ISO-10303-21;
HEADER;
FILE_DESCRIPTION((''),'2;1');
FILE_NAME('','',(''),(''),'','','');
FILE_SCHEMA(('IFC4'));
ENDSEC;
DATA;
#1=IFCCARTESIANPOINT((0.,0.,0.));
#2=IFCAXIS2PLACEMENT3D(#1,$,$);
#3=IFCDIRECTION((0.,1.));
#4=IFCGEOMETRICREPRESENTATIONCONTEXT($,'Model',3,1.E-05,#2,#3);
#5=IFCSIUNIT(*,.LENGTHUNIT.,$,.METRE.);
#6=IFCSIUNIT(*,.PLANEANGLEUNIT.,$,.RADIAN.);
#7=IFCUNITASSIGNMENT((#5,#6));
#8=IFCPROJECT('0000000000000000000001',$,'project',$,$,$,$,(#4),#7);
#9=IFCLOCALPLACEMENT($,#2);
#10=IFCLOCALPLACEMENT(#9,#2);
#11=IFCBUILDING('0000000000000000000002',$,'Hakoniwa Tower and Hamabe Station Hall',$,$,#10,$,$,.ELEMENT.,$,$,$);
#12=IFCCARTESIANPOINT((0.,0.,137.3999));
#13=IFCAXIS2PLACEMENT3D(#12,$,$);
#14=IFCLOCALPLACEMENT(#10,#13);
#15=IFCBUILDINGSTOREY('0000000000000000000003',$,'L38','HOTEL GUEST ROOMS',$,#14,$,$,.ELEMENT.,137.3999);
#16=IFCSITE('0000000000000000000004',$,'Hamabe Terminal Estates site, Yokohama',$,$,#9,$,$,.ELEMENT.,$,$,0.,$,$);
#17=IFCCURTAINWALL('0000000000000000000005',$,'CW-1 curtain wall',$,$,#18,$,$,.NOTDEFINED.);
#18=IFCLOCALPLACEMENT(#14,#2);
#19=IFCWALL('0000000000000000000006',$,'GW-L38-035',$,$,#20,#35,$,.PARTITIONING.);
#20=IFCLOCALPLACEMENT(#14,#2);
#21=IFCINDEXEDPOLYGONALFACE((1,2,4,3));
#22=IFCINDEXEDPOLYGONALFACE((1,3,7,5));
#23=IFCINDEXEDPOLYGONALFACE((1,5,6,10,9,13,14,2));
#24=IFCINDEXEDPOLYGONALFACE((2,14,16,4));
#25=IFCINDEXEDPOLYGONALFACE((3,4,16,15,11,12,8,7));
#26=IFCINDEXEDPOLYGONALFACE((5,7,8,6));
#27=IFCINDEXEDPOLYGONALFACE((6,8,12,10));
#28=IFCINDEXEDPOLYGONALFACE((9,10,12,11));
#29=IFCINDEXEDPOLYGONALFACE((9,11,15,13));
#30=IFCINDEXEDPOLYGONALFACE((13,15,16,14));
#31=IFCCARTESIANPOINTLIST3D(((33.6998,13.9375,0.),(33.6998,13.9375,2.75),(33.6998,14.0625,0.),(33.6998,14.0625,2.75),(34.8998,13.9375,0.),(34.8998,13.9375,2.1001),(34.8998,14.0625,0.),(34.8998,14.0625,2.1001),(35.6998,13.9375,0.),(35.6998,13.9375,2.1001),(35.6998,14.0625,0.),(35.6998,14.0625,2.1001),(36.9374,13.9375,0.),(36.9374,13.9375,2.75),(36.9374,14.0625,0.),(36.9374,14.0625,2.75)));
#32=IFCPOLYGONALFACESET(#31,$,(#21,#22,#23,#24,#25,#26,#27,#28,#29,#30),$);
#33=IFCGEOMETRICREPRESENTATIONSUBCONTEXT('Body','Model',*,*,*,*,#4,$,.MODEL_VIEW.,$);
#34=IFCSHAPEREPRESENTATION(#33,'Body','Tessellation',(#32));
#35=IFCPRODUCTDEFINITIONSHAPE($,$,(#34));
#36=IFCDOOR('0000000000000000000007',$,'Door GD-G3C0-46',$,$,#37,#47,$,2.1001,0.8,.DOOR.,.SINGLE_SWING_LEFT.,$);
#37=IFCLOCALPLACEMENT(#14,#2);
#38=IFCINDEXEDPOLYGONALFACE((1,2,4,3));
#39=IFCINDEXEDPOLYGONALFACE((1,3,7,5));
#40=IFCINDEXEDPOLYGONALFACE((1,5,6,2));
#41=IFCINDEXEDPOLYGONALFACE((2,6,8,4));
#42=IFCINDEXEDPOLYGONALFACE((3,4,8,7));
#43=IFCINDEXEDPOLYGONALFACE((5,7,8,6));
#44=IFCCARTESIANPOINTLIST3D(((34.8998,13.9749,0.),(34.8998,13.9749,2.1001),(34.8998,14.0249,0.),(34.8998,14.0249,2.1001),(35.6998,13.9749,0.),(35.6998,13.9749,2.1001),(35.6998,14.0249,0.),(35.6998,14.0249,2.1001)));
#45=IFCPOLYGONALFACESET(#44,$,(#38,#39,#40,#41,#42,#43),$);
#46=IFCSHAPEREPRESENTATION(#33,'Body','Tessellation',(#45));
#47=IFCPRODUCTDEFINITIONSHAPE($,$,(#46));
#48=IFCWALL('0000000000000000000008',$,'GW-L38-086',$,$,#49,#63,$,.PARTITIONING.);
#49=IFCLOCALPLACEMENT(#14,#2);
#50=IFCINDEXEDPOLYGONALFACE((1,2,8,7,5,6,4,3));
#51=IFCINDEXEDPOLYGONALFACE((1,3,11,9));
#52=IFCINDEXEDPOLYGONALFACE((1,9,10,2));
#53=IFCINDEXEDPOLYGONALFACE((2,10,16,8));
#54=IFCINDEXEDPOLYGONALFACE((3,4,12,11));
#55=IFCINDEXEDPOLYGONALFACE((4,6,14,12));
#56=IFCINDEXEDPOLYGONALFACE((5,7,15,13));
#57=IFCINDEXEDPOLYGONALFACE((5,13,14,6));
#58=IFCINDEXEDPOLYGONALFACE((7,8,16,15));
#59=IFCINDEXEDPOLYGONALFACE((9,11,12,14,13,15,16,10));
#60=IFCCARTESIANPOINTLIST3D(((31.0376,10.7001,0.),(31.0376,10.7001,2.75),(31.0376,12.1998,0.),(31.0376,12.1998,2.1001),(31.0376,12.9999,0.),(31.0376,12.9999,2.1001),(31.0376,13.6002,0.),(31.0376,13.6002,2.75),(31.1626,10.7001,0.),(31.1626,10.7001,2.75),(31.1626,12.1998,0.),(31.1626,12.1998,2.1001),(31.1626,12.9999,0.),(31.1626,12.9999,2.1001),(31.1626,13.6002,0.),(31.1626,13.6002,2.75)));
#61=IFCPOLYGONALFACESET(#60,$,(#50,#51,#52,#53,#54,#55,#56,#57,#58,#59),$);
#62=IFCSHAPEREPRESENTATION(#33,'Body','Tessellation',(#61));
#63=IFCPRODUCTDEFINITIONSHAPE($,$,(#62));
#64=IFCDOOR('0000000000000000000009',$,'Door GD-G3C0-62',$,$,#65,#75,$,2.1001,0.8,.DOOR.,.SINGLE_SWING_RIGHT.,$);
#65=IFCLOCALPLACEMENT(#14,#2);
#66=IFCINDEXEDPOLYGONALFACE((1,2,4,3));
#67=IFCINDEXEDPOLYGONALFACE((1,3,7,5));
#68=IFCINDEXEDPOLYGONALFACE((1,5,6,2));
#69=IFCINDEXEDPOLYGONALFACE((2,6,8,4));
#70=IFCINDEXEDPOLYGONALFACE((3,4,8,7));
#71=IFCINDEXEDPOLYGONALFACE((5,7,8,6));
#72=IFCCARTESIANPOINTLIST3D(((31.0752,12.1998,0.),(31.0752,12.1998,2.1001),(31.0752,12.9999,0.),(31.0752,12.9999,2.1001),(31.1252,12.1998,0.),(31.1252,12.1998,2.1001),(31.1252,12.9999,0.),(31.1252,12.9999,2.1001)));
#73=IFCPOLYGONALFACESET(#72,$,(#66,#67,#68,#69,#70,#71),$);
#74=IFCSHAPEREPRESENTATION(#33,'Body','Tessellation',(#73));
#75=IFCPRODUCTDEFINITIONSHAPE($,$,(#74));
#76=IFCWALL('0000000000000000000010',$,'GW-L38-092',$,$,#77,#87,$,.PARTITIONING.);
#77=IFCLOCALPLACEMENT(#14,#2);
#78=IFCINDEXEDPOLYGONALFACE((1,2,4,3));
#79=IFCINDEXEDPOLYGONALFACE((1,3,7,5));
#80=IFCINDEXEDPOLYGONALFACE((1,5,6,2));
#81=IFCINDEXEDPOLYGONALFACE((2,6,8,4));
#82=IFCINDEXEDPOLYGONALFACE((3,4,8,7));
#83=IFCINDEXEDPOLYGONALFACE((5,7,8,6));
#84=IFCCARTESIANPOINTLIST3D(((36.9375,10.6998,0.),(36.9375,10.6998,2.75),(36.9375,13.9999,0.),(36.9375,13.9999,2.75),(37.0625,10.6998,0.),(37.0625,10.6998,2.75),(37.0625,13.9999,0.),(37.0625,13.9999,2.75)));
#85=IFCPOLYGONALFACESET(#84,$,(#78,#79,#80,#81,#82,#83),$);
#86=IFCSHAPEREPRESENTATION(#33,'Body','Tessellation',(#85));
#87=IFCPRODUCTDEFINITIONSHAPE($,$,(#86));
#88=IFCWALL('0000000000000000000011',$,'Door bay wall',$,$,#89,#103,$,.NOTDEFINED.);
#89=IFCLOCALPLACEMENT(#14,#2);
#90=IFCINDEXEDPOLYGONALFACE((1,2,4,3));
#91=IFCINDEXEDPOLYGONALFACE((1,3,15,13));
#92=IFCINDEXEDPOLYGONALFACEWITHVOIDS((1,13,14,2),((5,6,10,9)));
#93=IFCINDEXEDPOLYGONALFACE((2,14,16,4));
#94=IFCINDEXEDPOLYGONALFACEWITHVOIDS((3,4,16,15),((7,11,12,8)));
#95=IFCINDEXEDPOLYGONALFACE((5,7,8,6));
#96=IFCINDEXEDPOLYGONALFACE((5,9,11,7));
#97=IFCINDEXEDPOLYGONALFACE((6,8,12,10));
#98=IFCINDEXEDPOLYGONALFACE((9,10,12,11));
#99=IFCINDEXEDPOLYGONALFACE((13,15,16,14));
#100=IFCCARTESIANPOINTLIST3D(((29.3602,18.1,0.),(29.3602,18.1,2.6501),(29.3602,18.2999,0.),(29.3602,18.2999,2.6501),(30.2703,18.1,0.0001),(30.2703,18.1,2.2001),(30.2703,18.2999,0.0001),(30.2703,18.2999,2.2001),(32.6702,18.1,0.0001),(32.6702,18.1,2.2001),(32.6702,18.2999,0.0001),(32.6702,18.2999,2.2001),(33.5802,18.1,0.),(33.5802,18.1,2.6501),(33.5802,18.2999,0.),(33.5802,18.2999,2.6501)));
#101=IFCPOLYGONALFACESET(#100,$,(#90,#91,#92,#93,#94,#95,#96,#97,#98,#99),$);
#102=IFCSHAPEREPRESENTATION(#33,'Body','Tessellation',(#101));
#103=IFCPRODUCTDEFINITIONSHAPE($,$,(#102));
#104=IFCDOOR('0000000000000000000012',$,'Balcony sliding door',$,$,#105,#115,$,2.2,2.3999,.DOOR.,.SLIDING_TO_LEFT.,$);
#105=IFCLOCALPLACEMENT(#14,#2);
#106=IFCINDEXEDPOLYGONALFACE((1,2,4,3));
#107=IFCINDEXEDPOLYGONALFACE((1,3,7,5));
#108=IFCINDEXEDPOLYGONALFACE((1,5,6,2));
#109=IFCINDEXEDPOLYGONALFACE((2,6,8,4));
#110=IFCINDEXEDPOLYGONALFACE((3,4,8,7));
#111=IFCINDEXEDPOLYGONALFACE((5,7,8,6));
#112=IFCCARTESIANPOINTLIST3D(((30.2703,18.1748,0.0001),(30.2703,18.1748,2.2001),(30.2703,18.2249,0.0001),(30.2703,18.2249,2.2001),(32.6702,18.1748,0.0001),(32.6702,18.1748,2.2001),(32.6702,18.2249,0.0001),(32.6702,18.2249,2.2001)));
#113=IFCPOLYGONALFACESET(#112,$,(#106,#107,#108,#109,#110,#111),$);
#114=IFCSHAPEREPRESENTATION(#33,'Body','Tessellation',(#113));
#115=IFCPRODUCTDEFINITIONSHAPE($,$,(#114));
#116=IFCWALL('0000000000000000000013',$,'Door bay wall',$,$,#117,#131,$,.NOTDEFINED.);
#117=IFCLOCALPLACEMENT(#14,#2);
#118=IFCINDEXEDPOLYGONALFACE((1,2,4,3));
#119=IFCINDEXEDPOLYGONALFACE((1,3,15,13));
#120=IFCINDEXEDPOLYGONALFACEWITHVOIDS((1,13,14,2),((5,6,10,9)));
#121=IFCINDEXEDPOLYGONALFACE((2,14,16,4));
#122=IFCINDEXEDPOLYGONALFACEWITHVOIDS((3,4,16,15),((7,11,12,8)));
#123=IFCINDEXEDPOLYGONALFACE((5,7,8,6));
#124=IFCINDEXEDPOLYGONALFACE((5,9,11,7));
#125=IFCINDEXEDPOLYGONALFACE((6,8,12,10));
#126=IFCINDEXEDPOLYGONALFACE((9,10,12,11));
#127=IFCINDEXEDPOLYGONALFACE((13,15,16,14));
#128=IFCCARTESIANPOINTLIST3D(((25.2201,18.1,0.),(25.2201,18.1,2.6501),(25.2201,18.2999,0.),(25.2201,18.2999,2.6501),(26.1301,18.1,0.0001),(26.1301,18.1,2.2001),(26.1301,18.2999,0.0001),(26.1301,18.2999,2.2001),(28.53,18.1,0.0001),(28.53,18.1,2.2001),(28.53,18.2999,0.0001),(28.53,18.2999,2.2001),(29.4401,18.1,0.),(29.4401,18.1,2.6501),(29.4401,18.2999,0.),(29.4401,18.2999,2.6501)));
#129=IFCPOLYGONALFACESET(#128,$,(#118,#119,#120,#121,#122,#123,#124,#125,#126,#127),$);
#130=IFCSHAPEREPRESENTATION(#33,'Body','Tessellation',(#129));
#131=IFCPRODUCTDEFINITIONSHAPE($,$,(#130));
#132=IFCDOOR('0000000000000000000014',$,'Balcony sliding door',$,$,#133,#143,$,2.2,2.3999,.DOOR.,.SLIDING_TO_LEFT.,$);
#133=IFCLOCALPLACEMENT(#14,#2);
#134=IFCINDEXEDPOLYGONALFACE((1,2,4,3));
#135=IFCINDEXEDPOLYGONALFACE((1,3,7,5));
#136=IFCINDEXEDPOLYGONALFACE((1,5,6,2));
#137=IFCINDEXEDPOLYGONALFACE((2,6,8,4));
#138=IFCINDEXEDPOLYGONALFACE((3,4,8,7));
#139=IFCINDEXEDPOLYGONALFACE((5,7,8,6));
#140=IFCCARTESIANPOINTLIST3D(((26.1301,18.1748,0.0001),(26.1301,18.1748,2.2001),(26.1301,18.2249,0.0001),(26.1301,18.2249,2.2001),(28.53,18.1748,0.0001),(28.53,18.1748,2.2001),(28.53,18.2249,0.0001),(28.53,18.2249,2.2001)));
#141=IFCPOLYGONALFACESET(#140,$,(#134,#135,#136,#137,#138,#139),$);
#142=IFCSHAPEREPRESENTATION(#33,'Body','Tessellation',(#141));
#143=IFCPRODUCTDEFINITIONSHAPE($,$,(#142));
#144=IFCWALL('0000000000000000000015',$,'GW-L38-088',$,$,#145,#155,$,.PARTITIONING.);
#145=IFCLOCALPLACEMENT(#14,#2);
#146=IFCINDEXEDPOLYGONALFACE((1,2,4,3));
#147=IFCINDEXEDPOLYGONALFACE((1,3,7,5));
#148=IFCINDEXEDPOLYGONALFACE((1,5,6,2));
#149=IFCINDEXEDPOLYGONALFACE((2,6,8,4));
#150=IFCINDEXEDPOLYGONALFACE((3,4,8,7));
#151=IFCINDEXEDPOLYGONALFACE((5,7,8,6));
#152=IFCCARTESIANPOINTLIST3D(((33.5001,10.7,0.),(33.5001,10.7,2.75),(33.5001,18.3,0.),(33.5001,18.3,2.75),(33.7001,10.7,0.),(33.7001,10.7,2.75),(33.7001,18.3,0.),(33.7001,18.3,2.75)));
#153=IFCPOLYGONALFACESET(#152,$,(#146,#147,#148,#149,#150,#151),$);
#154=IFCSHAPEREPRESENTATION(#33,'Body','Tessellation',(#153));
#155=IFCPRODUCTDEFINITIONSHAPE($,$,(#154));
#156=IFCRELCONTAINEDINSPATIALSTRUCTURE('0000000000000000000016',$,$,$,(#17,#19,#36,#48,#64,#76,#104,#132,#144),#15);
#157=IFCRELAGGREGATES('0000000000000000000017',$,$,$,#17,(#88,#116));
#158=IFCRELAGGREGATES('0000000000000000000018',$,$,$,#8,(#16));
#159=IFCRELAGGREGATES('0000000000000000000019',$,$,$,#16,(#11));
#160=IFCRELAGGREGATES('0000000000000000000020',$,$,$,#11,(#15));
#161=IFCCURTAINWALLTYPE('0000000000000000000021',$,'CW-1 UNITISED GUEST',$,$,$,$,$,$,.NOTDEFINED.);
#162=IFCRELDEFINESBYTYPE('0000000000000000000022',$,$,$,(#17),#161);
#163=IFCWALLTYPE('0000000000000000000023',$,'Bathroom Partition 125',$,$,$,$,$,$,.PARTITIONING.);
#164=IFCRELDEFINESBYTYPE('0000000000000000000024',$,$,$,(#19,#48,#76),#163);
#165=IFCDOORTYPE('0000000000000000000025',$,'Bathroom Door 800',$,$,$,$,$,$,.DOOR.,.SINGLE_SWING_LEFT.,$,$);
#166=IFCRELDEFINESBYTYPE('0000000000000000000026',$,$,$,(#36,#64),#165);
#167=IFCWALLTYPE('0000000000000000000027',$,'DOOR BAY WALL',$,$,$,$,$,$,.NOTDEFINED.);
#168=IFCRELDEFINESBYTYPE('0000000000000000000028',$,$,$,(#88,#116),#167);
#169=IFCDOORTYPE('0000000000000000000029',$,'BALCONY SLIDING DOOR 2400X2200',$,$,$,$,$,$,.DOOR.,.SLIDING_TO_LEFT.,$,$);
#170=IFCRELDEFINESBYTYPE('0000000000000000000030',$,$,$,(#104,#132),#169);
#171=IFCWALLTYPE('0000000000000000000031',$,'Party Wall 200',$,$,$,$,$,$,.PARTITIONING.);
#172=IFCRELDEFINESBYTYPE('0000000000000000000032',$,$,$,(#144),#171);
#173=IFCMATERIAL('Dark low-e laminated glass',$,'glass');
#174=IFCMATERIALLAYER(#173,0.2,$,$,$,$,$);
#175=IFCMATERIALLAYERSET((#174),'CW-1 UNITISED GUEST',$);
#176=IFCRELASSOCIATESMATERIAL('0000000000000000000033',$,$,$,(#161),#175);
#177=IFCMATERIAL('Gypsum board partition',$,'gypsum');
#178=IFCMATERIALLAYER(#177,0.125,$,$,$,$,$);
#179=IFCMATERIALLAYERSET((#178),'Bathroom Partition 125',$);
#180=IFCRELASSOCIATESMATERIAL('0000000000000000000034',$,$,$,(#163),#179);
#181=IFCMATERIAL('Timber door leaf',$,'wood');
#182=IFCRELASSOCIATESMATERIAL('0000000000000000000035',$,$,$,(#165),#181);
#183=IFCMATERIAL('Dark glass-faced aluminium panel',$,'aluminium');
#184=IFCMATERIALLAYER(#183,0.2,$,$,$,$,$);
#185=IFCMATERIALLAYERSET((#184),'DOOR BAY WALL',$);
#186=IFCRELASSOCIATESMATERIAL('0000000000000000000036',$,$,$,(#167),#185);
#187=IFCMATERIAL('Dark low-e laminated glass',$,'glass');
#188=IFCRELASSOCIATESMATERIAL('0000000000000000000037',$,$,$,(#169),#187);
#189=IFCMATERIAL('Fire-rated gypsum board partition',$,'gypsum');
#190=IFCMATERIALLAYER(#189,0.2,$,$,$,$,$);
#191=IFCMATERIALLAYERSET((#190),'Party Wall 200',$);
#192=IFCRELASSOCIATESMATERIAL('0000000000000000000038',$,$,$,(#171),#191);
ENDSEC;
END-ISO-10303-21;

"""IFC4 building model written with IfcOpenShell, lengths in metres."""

from ifc_helpers import new_model, si_unit, direction, frame, frame_2d, origin, place, context, subcontext, project, spatial, rectangle, extrude, material, layer, layer_set, type_object, element, fill, aggregate, save


model = new_model("IFC4")

# Units and contexts
model_context = context("Model", 3, precision=1e-05, world=origin(), true_north=direction((0.0, 1.0)))
body_context = subcontext(model_context, "Body", "Model", "MODEL_VIEW")
ifc_project = project(units=[si_unit("LENGTHUNIT", "METRE"), si_unit("PLANEANGLEUNIT", "RADIAN")], contexts=[model_context])

# Site, building, storey
site_placement = place(None, origin())
site = spatial("IfcSite", under=ifc_project, at=site_placement, Name="Hamabe Terminal Estates site, Yokohama", CompositionType="ELEMENT", RefElevation=0.0)
building_placement = place(site_placement, origin())
building = spatial("IfcBuilding", under=site, at=building_placement, Name="Hakoniwa Tower and Hamabe Station Hall", CompositionType="ELEMENT")
storey_placement = place(building_placement, frame((0.0, 0.0, 137.3999)))
storey = spatial("IfcBuildingStorey", under=building, at=storey_placement, Name="L38", Description="HOTEL GUEST ROOMS", CompositionType="ELEMENT", Elevation=137.3999)

# Curtain wall
ifc_material_1 = material(Name="Dark low-e laminated glass", Category="glass")
ifc_layer_1 = layer(ifc_material_1, 0.2)
ifc_layer_set_1 = layer_set([ifc_layer_1], Name="CW-1 UNITISED GUEST")
curtain_wall_type = type_object("IfcCurtainWallType", Name="CW-1 UNITISED GUEST", PredefinedType="NOTDEFINED", material=ifc_layer_set_1)
curtain_wall_1_placement = place(storey_placement, origin())
curtain_wall_1 = element("IfcCurtainWall", 1, at=curtain_wall_1_placement, inside=storey, type_object=curtain_wall_type, Name="CW-1 curtain wall", PredefinedType="NOTDEFINED")

# Shared definitions
ifc_material_2 = material(Name="Gypsum board partition", Category="gypsum")
ifc_layer_2 = layer(ifc_material_2, 0.125)
ifc_layer_set_2 = layer_set([ifc_layer_2], Name="Bathroom Partition 125")
wall_type_1 = type_object("IfcWallType", Name="Bathroom Partition 125", PredefinedType="PARTITIONING", material=ifc_layer_set_2)

# Walls, openings, doors
wall_1_placement = place(storey_placement, frame((33.7, 14.0, 0.0), z_axis=(0.0, 0.0, 1.0), x_axis=(1.0, 0.0, 0.0)))
wall_1 = element("IfcWall", 2, at=wall_1_placement, inside=storey, type_object=wall_type_1, Name="GW-L38-035", PredefinedType="PARTITIONING", context=body_context, shape_type="SweptSolid", body=[
    extrude(rectangle(XDim=3.2375, YDim=0.125, at=frame_2d((1.6187, 0.0))), origin(), (0.0, 0.0, 1.0), 2.75),
])
opening_1_placement = place(wall_1_placement, frame((1.2, 0.0, 0.0)))
opening_1 = element("IfcOpeningElement", 3, at=opening_1_placement, cuts=wall_1, PredefinedType="OPENING", context=body_context, shape_type="SweptSolid", body=[
    extrude(rectangle(XDim=0.8, YDim=2.1001, at=frame_2d((0.3999, 1.05))), frame((0.0, 0.0725, 0.0), z_axis=(0.0, -1.0, 0.0), x_axis=(1.0, 0.0, 0.0)), (0.0, 0.0, 1.0), 0.145),
])
ifc_material_3 = material(Name="Timber door leaf", Category="wood")
door_type_1 = type_object("IfcDoorType", Name="Bathroom Door 800", OperationType="SINGLE_SWING_LEFT", PredefinedType="DOOR", material=ifc_material_3)
door_1_placement = place(opening_1_placement, origin())
door_1 = element("IfcDoor", 4, at=door_1_placement, inside=storey, type_object=door_type_1, Name="Door GD-G3C0-46", OperationType="SINGLE_SWING_LEFT", OverallHeight=2.1001, OverallWidth=0.8, PredefinedType="DOOR", context=body_context, shape_type="SweptSolid", body=[
    extrude(rectangle(XDim=0.8, YDim=2.1001, at=frame_2d((0.3999, 1.05))), frame((0.0, 0.0249, 0.0), z_axis=(0.0, -1.0, 0.0), x_axis=(1.0, 0.0, 0.0)), (0.0, 0.0, 1.0), 0.05),
])
fill(opening_1, door_1)
wall_2_placement = place(storey_placement, frame((31.1001, 10.7, 0.0), z_axis=(0.0, 0.0, 1.0), x_axis=(0.0, 1.0, 0.0)))
wall_2 = element("IfcWall", 5, at=wall_2_placement, inside=storey, type_object=wall_type_1, Name="GW-L38-086", PredefinedType="PARTITIONING", context=body_context, shape_type="SweptSolid", body=[
    extrude(rectangle(XDim=2.9001, YDim=0.125, at=frame_2d((1.4502, 0.0))), origin(), (0.0, 0.0, 1.0), 2.75),
])
opening_2_placement = place(wall_2_placement, frame((1.5, 0.0, 0.0)))
opening_2 = element("IfcOpeningElement", 6, at=opening_2_placement, cuts=wall_2, PredefinedType="OPENING", context=body_context, shape_type="SweptSolid", body=[
    extrude(rectangle(XDim=0.8, YDim=2.1001, at=frame_2d((0.3999, 1.05))), frame((0.0, 0.0725, 0.0), z_axis=(0.0, -1.0, 0.0), x_axis=(1.0, 0.0, 0.0)), (0.0, 0.0, 1.0), 0.145),
])
door_2_placement = place(opening_2_placement, origin())
door_2 = element("IfcDoor", 7, at=door_2_placement, inside=storey, type_object=door_type_1, Name="Door GD-G3C0-62", OperationType="SINGLE_SWING_RIGHT", OverallHeight=2.1001, OverallWidth=0.8, PredefinedType="DOOR", context=body_context, shape_type="SweptSolid", body=[
    extrude(rectangle(XDim=0.8, YDim=2.1001, at=frame_2d((0.3999, 1.05))), frame((0.0, 0.0249, 0.0), z_axis=(0.0, -1.0, 0.0), x_axis=(1.0, 0.0, 0.0)), (0.0, 0.0, 1.0), 0.05),
])
fill(opening_2, door_2)

# Wall
wall_3_placement = place(storey_placement, frame((37.0, 10.7, 0.0), z_axis=(0.0, 0.0, 1.0), x_axis=(0.0, 1.0, 0.0)))
element("IfcWall", 8, at=wall_3_placement, inside=storey, type_object=wall_type_1, Name="GW-L38-092", PredefinedType="PARTITIONING", context=body_context, shape_type="SweptSolid", body=[
    extrude(rectangle(XDim=3.3, YDim=0.125, at=frame_2d((1.6499, 0.0))), origin(), (0.0, 0.0, 1.0), 2.75),
])

# Walls, openings, doors
ifc_material_4 = material(Name="Dark glass-faced aluminium panel", Category="aluminium")
ifc_layer_3 = layer(ifc_material_4, 0.2)
ifc_layer_set_3 = layer_set([ifc_layer_3], Name="DOOR BAY WALL")
wall_type_2 = type_object("IfcWallType", Name="DOOR BAY WALL", PredefinedType="NOTDEFINED", material=ifc_layer_set_3)
wall_4_placement = place(storey_placement, frame((33.5801, 18.2, 0.0), z_axis=(0.0, 0.0, 1.0), x_axis=(-1.0, 0.0, 0.0)))
wall_4 = element("IfcWall", 9, at=wall_4_placement, type_object=wall_type_2, Name="Door bay wall", PredefinedType="NOTDEFINED", context=body_context, shape_type="SweptSolid", body=[
    extrude(rectangle(XDim=4.22, YDim=0.2, at=frame_2d((2.1099, 0.0))), origin(), (0.0, 0.0, 1.0), 2.6501),
])
opening_3_placement = place(wall_4_placement, frame((0.9099, 0.0, 0.0)))
opening_3 = element("IfcOpeningElement", 10, at=opening_3_placement, cuts=wall_4, PredefinedType="OPENING", context=body_context, shape_type="SweptSolid", body=[
    extrude(rectangle(XDim=2.3999, YDim=2.2, at=frame_2d((1.2, 1.1001))), frame((0.0, 0.1099, 0.0), z_axis=(0.0, -1.0, 0.0), x_axis=(1.0, 0.0, 0.0)), (0.0, 0.0, 1.0), 0.22),
])
ifc_material_5 = material(Name="Dark low-e laminated glass", Category="glass")
door_type_2 = type_object("IfcDoorType", Name="BALCONY SLIDING DOOR 2400X2200", OperationType="SLIDING_TO_LEFT", PredefinedType="DOOR", material=ifc_material_5)
door_3_placement = place(opening_3_placement, frame((2.3999, 0.0, 0.0), z_axis=(0.0, 0.0, 1.0), x_axis=(-1.0, 0.0, 0.0)))
door_3 = element("IfcDoor", 11, at=door_3_placement, inside=storey, type_object=door_type_2, Name="Balcony sliding door", OperationType="SLIDING_TO_LEFT", OverallHeight=2.2, OverallWidth=2.3999, PredefinedType="DOOR", context=body_context, shape_type="SweptSolid", body=[
    extrude(rectangle(XDim=2.3999, YDim=2.2, at=frame_2d((1.2, 1.1001))), frame((0.0, 0.0249, 0.0), z_axis=(0.0, -1.0, 0.0), x_axis=(1.0, 0.0, 0.0)), (0.0, 0.0, 1.0), 0.05),
])
fill(opening_3, door_3)
wall_5_placement = place(storey_placement, frame((29.4399, 18.2, 0.0), z_axis=(0.0, 0.0, 1.0), x_axis=(-1.0, 0.0, 0.0)))
wall_5 = element("IfcWall", 12, at=wall_5_placement, type_object=wall_type_2, Name="Door bay wall", PredefinedType="NOTDEFINED", context=body_context, shape_type="SweptSolid", body=[
    extrude(rectangle(XDim=4.22, YDim=0.2, at=frame_2d((2.1099, 0.0))), origin(), (0.0, 0.0, 1.0), 2.6501),
])
opening_4_placement = place(wall_5_placement, frame((0.9099, 0.0, 0.0)))
opening_4 = element("IfcOpeningElement", 13, at=opening_4_placement, cuts=wall_5, PredefinedType="OPENING", context=body_context, shape_type="SweptSolid", body=[
    extrude(rectangle(XDim=2.3999, YDim=2.2, at=frame_2d((1.2, 1.1001))), frame((0.0, 0.1099, 0.0), z_axis=(0.0, -1.0, 0.0), x_axis=(1.0, 0.0, 0.0)), (0.0, 0.0, 1.0), 0.22),
])
door_4_placement = place(opening_4_placement, frame((2.3999, 0.0, 0.0), z_axis=(0.0, 0.0, 1.0), x_axis=(-1.0, 0.0, 0.0)))
door_4 = element("IfcDoor", 14, at=door_4_placement, inside=storey, type_object=door_type_2, Name="Balcony sliding door", OperationType="SLIDING_TO_LEFT", OverallHeight=2.2, OverallWidth=2.3999, PredefinedType="DOOR", context=body_context, shape_type="SweptSolid", body=[
    extrude(rectangle(XDim=2.3999, YDim=2.2, at=frame_2d((1.2, 1.1001))), frame((0.0, 0.0249, 0.0), z_axis=(0.0, -1.0, 0.0), x_axis=(1.0, 0.0, 0.0)), (0.0, 0.0, 1.0), 0.05),
])
fill(opening_4, door_4)
aggregate(curtain_wall_1, [wall_4, wall_5])

# Wall
ifc_material_6 = material(Name="Fire-rated gypsum board partition", Category="gypsum")
ifc_layer_4 = layer(ifc_material_6, 0.2)
ifc_layer_set_4 = layer_set([ifc_layer_4], Name="Party Wall 200")
wall_type_3 = type_object("IfcWallType", Name="Party Wall 200", PredefinedType="PARTITIONING", material=ifc_layer_set_4)
wall_6_placement = place(storey_placement, frame((33.6001, 10.7, 0.0), z_axis=(0.0, 0.0, 1.0), x_axis=(0.0, 1.0, 0.0)))
element("IfcWall", 15, at=wall_6_placement, inside=storey, type_object=wall_type_3, Name="GW-L38-088", PredefinedType="PARTITIONING", context=body_context, shape_type="SweptSolid", body=[
    extrude(rectangle(XDim=7.6001, YDim=0.2, at=frame_2d((3.8, 0.0))), origin(), (0.0, 0.0, 1.0), 2.75),
])

save(model, "model.ifc")
